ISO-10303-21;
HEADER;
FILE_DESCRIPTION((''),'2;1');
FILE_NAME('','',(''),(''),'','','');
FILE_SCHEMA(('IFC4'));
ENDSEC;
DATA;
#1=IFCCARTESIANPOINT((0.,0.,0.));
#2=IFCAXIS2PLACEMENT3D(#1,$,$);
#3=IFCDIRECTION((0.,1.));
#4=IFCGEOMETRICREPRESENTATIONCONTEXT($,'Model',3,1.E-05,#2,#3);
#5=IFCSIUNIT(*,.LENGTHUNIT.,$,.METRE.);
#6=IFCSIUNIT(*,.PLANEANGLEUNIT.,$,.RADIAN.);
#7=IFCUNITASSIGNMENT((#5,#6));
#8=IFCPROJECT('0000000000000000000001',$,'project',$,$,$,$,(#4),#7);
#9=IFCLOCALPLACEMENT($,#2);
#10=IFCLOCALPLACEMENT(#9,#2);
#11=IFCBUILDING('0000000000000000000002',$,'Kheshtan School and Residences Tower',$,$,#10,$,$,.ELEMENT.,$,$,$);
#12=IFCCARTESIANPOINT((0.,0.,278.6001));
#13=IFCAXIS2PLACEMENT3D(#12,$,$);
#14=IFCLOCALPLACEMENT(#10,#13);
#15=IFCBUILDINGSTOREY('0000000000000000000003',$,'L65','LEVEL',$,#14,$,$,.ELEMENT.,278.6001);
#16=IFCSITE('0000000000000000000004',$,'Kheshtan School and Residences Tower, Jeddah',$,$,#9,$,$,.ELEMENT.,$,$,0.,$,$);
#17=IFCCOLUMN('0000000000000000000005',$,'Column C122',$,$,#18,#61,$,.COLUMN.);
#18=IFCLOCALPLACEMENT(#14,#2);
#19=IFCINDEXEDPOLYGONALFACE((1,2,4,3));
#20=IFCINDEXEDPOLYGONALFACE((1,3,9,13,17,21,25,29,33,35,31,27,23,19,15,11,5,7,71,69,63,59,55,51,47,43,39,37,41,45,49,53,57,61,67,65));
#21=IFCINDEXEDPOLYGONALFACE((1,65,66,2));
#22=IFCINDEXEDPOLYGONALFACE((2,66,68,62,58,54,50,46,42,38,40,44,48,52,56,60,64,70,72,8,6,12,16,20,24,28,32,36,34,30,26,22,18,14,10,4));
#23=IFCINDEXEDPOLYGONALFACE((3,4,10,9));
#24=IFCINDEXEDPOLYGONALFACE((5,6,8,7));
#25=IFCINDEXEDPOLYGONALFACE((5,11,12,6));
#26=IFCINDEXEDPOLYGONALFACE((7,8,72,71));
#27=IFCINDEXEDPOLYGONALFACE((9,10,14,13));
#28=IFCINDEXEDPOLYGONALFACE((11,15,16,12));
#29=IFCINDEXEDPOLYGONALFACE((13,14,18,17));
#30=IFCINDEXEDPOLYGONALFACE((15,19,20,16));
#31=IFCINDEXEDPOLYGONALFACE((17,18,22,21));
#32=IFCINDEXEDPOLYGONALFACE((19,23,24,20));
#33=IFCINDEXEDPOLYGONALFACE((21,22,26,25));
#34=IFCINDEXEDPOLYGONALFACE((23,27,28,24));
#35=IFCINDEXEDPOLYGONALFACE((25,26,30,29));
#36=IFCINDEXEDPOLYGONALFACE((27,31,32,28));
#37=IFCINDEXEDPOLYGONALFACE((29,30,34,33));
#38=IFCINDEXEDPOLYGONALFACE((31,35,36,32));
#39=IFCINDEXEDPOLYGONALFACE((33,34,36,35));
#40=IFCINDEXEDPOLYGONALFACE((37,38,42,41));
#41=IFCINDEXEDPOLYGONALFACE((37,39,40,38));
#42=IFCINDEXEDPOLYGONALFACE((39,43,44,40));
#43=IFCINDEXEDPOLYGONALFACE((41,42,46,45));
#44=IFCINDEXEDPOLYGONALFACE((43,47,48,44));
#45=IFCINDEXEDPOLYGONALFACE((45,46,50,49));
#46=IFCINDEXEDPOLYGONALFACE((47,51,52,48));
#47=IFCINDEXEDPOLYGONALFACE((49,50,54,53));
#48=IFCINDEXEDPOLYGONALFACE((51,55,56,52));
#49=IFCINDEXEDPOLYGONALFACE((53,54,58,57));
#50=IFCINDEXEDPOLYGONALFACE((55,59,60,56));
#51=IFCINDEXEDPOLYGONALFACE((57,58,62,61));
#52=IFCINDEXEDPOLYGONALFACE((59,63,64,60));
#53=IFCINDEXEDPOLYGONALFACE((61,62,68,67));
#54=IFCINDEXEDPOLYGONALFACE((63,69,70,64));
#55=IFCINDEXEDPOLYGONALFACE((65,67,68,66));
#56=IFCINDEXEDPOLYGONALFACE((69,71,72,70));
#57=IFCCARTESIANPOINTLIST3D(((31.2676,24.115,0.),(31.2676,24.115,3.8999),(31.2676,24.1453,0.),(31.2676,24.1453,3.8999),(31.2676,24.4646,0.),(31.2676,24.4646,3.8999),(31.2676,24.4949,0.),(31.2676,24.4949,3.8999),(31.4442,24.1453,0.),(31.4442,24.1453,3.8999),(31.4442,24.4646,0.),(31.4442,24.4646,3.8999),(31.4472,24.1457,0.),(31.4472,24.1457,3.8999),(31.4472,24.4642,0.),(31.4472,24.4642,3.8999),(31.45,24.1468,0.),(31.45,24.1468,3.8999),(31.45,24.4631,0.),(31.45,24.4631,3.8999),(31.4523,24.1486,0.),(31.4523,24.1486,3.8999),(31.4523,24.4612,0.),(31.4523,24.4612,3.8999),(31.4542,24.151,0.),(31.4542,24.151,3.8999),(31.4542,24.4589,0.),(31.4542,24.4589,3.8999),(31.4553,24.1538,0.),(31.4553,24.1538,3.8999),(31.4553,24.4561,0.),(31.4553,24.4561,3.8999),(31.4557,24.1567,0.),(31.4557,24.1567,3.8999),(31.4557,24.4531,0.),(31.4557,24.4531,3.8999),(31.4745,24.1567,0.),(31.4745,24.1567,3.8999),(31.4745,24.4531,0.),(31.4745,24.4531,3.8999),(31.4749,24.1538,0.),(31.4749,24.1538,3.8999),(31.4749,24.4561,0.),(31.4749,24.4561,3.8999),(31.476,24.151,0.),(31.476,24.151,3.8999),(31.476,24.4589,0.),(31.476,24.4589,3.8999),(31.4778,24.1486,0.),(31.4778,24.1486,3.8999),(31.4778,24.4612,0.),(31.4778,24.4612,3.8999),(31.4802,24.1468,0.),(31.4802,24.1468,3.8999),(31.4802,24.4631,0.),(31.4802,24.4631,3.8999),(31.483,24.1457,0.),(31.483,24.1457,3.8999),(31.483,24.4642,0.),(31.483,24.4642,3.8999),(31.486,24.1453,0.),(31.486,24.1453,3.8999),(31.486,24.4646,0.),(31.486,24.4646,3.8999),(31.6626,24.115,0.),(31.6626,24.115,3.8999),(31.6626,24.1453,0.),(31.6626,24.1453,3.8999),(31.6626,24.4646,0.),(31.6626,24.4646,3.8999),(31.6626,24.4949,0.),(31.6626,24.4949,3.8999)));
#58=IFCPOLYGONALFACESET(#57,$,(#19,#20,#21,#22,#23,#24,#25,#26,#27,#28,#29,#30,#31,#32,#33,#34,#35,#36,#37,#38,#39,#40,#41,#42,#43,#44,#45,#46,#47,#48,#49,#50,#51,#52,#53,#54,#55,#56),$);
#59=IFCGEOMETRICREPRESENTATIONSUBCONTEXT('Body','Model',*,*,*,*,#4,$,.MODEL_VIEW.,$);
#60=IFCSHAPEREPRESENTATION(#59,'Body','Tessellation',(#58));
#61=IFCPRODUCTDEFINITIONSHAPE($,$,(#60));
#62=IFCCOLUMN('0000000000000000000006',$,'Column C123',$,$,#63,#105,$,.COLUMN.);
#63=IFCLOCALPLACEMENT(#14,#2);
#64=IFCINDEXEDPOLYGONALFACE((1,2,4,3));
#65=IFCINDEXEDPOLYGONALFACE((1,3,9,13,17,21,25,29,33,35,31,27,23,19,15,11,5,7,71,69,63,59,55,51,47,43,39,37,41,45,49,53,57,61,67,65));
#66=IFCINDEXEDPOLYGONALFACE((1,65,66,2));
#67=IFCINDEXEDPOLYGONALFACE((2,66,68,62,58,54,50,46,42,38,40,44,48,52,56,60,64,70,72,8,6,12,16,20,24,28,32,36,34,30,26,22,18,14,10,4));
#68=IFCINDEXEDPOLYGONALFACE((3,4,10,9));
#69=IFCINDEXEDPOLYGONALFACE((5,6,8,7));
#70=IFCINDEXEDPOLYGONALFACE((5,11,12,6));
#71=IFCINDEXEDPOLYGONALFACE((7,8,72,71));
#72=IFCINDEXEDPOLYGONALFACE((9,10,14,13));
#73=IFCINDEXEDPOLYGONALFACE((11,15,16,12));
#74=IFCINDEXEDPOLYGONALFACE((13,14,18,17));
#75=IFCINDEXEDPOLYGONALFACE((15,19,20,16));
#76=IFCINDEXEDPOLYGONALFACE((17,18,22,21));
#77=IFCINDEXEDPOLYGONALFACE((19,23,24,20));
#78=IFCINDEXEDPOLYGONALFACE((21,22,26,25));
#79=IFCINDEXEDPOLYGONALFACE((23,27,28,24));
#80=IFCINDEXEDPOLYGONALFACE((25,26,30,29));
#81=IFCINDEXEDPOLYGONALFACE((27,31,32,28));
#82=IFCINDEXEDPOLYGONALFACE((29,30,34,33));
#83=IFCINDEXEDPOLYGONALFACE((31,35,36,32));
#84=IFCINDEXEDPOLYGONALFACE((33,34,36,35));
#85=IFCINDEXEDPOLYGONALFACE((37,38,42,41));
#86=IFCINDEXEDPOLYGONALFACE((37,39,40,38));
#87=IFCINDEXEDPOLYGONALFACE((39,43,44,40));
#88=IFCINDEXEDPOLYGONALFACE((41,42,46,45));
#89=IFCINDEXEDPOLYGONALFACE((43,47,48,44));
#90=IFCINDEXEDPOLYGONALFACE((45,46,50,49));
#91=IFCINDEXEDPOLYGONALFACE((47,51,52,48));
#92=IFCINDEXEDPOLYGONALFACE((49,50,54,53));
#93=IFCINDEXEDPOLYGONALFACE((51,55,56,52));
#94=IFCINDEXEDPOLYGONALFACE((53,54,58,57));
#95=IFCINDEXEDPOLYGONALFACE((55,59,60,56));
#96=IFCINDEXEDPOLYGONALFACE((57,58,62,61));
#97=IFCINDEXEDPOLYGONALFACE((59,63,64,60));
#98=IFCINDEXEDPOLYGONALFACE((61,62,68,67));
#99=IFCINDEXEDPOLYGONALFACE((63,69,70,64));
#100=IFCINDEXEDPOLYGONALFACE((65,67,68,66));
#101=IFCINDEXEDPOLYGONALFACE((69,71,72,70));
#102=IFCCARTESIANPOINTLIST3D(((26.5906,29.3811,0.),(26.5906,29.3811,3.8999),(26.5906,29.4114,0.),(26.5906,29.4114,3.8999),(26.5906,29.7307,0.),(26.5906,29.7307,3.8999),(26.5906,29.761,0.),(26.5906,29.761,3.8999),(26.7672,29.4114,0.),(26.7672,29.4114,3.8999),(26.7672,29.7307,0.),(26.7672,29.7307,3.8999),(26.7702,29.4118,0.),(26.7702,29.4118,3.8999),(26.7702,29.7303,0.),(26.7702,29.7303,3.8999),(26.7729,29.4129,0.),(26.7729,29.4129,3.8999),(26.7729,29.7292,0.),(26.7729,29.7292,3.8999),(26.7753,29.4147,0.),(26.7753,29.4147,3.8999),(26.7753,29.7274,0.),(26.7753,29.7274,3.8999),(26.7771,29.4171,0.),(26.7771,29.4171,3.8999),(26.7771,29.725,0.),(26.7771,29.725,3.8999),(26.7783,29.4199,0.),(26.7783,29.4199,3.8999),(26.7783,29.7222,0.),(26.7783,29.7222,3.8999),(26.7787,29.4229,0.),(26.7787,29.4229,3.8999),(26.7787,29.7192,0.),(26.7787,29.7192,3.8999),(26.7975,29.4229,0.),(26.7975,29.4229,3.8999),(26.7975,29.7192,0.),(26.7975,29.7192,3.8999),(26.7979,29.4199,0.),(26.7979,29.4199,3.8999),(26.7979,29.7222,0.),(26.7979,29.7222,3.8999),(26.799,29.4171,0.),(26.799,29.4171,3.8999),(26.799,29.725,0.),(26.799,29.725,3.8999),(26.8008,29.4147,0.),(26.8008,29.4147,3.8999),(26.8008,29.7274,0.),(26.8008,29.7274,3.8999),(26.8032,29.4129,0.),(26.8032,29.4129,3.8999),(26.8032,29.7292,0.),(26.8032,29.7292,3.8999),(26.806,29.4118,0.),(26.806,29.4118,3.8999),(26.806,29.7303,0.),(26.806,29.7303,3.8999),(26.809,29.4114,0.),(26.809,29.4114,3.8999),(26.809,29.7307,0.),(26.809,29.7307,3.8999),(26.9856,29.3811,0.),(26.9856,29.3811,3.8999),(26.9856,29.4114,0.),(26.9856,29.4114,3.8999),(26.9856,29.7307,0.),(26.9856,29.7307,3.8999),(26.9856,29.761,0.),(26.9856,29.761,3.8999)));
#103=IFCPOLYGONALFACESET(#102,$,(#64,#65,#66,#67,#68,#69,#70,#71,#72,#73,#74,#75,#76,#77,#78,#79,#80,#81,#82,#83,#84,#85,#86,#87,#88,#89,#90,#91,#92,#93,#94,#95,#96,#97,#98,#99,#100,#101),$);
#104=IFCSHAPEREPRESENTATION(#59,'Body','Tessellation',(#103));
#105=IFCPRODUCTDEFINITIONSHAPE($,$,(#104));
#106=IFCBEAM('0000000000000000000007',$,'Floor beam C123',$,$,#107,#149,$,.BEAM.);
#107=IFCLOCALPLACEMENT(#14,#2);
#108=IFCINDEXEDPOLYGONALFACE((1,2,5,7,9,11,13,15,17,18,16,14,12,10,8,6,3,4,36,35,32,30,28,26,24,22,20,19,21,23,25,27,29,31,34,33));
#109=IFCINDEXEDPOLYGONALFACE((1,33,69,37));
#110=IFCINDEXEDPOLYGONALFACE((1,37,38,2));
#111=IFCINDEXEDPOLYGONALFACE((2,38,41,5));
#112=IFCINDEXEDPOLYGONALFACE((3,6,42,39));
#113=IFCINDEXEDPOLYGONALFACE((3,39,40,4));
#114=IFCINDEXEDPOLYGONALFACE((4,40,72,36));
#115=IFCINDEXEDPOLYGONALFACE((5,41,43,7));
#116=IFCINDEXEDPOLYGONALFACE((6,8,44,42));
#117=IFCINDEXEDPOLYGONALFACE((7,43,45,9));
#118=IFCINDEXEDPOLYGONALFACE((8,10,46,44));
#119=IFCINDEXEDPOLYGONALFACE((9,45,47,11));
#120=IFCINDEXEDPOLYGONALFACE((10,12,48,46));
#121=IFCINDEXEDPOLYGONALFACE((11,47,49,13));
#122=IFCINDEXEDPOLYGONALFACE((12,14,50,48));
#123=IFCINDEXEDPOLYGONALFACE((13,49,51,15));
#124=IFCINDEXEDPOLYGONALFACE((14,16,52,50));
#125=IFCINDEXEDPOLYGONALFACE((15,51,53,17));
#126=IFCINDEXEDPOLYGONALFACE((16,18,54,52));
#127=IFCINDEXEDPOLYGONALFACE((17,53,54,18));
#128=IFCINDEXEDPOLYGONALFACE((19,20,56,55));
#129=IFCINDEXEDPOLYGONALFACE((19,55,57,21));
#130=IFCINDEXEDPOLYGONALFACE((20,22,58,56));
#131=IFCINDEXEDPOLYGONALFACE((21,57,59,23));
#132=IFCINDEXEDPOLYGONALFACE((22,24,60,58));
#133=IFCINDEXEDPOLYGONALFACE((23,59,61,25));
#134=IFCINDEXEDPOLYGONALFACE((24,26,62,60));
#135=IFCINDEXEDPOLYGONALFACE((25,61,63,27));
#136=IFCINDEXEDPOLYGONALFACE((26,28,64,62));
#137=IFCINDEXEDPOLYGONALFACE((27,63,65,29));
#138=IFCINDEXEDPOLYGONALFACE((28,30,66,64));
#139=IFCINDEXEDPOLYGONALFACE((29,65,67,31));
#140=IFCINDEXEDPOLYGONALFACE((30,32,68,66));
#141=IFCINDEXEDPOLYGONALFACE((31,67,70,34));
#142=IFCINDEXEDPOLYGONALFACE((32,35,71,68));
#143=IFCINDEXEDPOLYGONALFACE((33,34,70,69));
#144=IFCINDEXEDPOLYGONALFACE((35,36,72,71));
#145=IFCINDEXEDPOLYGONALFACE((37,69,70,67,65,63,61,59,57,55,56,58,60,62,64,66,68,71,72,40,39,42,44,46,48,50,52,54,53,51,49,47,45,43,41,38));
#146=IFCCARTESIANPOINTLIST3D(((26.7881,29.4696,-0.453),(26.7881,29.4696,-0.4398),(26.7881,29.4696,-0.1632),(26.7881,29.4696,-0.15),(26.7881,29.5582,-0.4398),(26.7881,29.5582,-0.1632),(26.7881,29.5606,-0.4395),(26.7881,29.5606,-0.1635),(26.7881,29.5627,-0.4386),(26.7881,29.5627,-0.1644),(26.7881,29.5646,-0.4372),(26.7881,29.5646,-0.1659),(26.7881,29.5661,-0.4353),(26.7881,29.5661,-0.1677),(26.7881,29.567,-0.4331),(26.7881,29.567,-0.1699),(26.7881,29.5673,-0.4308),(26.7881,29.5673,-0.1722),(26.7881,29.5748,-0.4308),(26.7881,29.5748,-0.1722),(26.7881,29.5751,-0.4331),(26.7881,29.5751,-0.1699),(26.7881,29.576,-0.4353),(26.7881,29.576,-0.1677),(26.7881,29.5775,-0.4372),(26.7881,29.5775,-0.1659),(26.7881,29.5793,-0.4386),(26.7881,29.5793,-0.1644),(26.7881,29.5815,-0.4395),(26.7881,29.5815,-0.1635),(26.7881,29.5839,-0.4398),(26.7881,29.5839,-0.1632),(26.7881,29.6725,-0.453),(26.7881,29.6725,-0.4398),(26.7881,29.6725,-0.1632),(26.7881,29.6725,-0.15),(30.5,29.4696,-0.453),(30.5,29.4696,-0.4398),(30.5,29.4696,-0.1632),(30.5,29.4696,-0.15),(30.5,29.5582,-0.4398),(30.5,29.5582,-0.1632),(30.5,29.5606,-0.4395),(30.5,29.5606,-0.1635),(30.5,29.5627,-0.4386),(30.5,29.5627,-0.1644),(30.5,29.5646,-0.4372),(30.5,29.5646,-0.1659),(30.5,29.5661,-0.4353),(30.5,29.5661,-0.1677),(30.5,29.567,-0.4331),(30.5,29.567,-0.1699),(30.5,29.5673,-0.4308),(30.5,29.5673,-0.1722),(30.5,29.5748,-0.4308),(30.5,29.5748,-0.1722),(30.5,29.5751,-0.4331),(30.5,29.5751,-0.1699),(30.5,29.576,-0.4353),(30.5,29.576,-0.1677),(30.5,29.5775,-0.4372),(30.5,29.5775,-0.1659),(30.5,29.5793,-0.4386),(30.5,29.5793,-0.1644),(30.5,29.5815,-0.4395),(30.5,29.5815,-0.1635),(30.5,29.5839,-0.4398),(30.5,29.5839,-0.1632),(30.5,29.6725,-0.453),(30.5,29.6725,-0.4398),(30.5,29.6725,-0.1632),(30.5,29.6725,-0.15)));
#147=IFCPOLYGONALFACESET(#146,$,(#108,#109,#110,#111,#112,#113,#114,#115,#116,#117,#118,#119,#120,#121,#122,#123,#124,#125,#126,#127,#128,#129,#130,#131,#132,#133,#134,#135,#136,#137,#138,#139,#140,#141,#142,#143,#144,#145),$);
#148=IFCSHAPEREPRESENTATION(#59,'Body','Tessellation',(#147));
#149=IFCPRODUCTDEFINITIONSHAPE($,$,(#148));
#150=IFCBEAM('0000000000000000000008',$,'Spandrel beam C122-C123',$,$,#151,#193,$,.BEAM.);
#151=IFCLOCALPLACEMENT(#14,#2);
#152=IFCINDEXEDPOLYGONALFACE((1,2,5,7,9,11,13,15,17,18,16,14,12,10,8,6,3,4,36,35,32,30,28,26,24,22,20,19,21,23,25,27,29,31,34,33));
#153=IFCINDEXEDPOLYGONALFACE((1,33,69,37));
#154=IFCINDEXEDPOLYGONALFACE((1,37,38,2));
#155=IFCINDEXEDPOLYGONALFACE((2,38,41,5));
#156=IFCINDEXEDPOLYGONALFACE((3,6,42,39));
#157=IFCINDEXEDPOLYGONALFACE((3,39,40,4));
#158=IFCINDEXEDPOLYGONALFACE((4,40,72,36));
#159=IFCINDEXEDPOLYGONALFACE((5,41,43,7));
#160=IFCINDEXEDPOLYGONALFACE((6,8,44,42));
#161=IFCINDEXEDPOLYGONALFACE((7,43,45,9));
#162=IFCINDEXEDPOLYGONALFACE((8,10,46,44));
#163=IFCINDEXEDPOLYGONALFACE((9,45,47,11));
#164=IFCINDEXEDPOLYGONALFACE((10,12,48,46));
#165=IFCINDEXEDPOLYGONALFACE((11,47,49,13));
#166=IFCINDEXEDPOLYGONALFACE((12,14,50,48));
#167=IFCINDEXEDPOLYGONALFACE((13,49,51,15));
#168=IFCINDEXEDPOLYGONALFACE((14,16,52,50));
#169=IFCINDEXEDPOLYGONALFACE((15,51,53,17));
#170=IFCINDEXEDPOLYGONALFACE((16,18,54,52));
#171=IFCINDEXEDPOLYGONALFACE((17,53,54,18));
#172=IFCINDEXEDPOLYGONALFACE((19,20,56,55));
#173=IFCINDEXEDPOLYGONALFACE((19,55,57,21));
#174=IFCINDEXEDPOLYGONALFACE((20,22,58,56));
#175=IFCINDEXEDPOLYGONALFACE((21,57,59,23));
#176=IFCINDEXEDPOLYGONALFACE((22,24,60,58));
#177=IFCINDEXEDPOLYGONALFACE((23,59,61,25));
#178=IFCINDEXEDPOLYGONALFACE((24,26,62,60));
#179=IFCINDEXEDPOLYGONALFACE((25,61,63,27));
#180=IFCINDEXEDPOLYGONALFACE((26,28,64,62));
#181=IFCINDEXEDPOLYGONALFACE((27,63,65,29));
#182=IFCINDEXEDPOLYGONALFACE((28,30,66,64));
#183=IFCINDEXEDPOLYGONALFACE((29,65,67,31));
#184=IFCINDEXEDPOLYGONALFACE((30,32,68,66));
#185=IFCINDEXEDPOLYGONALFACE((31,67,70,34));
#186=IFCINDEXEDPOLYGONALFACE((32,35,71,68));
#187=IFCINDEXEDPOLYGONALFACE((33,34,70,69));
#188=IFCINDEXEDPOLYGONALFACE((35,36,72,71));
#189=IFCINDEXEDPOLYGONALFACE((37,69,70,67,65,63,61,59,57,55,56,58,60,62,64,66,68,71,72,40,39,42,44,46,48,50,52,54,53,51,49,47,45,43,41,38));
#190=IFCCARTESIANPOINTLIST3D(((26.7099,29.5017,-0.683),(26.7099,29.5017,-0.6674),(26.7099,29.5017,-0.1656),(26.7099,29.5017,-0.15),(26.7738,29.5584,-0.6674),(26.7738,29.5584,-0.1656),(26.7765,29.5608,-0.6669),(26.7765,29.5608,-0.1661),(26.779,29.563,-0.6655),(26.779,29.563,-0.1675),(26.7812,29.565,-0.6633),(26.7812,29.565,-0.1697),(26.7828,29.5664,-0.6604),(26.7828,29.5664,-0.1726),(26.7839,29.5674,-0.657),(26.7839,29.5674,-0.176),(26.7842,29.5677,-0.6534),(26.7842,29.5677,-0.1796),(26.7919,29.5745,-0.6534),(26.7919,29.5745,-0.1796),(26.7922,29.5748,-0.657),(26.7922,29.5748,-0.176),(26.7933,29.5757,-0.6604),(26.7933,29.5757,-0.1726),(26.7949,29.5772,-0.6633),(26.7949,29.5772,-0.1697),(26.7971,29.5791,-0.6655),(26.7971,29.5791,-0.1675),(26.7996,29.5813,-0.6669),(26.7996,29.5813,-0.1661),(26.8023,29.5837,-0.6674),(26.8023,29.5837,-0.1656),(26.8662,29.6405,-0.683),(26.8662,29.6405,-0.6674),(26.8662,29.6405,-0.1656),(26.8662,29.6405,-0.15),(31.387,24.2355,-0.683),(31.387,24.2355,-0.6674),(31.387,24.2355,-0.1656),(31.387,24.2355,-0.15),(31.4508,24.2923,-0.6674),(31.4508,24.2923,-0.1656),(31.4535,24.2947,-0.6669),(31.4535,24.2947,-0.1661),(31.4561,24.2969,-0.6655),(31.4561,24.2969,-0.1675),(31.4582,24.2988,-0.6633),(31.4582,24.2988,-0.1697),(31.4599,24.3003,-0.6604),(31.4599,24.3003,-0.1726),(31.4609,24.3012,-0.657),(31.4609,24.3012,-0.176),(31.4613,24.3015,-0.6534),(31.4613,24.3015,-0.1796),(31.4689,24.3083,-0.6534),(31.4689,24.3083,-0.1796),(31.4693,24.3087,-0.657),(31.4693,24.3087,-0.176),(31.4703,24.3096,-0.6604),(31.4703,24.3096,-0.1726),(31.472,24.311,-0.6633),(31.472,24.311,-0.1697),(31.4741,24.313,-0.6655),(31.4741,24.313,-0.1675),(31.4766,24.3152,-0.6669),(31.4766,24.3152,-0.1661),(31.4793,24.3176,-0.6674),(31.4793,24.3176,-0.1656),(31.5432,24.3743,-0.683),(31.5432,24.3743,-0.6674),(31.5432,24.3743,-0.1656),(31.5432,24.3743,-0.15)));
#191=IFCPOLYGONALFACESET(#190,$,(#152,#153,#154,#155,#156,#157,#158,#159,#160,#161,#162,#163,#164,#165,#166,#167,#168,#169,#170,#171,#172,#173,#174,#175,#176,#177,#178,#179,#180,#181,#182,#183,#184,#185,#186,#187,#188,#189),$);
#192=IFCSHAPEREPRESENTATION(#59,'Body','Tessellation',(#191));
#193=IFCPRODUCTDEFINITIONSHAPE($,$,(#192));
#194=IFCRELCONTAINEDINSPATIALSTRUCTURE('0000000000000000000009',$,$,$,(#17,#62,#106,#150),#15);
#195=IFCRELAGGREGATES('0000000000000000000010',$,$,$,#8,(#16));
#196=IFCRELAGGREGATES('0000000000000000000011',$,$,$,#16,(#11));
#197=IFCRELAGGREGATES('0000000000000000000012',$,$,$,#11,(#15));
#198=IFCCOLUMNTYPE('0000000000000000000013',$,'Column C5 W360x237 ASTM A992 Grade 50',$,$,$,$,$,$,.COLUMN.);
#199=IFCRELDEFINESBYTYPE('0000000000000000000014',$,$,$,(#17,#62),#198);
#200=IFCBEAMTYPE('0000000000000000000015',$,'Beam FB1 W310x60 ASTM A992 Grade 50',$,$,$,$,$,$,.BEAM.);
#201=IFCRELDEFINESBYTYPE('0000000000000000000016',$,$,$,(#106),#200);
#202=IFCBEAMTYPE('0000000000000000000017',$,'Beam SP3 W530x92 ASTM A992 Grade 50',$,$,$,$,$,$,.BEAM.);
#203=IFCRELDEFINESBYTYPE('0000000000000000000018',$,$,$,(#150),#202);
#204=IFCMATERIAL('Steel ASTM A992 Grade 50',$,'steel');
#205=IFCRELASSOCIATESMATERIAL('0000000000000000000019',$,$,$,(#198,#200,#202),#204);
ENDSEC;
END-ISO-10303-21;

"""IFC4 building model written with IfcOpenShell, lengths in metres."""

from ifc_helpers import new_model, si_unit, direction, frame, origin, origin_2d, place, context, subcontext, project, spatial, i_section, extrude, material, material_profile, profile_set, type_object, element, save


model = new_model("IFC4")

# Units and contexts
model_context = context("Model", 3, precision=1e-05, world=origin(), true_north=direction((0.0, 1.0)))
body_context = subcontext(model_context, "Body", "Model", "MODEL_VIEW")
ifc_project = project(units=[si_unit("LENGTHUNIT", "METRE"), si_unit("PLANEANGLEUNIT", "RADIAN")], contexts=[model_context])

# Site, building, storey
site_placement = place(None, origin())
site = spatial("IfcSite", under=ifc_project, at=site_placement, Name="Kheshtan School and Residences Tower, Jeddah", CompositionType="ELEMENT", RefElevation=0.0)
building_placement = place(site_placement, origin())
building = spatial("IfcBuilding", under=site, at=building_placement, Name="Kheshtan School and Residences Tower", CompositionType="ELEMENT")
storey_placement = place(building_placement, frame((0.0, 0.0, 278.6001)))
storey = spatial("IfcBuildingStorey", under=building, at=storey_placement, Name="L65", Description="LEVEL", CompositionType="ELEMENT", Elevation=278.6001)

# Columns
ifc_material_1 = material(Name="Steel ASTM A992 Grade 50", Category="steel")
ifc_material_profile_1 = material_profile(ifc_material_1, i_section(OverallWidth=0.395, OverallDepth=0.3799, WebThickness=0.0188, FlangeThickness=0.0303, FilletRadius=0.0115, at=origin_2d()), Name="W360x237")
ifc_profile_set_1 = profile_set([ifc_material_profile_1], Name="Steel ASTM A992 Grade 50")
column_type = type_object("IfcColumnType", Name="Column C5 W360x237 ASTM A992 Grade 50", PredefinedType="COLUMN", material=ifc_profile_set_1)
for number, where, z_axis, x_axis, name in (
    (1, (31.4651, 24.3049, 0.0), (0.0, 0.0, 1.0), (1.0, 0.0, 0.0), "Column C122"),
    (2, (26.7881, 29.571, 0.0), (0.0, 0.0, 1.0), (1.0, 0.0, 0.0), "Column C123"),
):
    element("IfcColumn", number, at=place(storey_placement, frame(where, z_axis=z_axis, x_axis=x_axis)), inside=storey, type_object=column_type, Name=name, PredefinedType="COLUMN", context=body_context, shape_type="SweptSolid", body=[
        extrude(i_section(OverallWidth=0.395, OverallDepth=0.3799, WebThickness=0.0188, FlangeThickness=0.0303, FilletRadius=0.0115, at=origin_2d()), origin(), (0.0, 0.0, 1.0), 3.8999),
    ])

# Beams
ifc_material_profile_2 = material_profile(ifc_material_1, i_section(OverallWidth=0.2029, OverallDepth=0.303, WebThickness=0.0076, FlangeThickness=0.0132, FilletRadius=0.009, at=origin_2d()), Name="W310x60")
ifc_profile_set_2 = profile_set([ifc_material_profile_2], Name="Steel ASTM A992 Grade 50")
beam_type_1 = type_object("IfcBeamType", Name="Beam FB1 W310x60 ASTM A992 Grade 50", PredefinedType="BEAM", material=ifc_profile_set_2)
beam_1_placement = place(storey_placement, frame((26.7881, 29.571, -0.3015), z_axis=(1.0, 0.0, 0.0), x_axis=(0.0, 1.0, 0.0)))
element("IfcBeam", 3, at=beam_1_placement, inside=storey, type_object=beam_type_1, Name="Floor beam C123", PredefinedType="BEAM", context=body_context, shape_type="SweptSolid", body=[
    extrude(i_section(OverallWidth=0.2029, OverallDepth=0.303, WebThickness=0.0076, FlangeThickness=0.0132, FilletRadius=0.009, at=origin_2d()), origin(), (0.0, 0.0, 1.0), 3.7119),
])
ifc_material_profile_3 = material_profile(ifc_material_1, i_section(OverallWidth=0.209, OverallDepth=0.533, WebThickness=0.0103, FlangeThickness=0.0156, FilletRadius=0.0139, at=origin_2d()), Name="W530x92")
ifc_profile_set_3 = profile_set([ifc_material_profile_3], Name="Steel ASTM A992 Grade 50")
beam_type_2 = type_object("IfcBeamType", Name="Beam SP3 W530x92 ASTM A992 Grade 50", PredefinedType="BEAM", material=ifc_profile_set_3)
beam_2_placement = place(storey_placement, frame((31.4651, 24.3049, -0.4165), z_axis=(-0.664048, 0.74769, 0.0), x_axis=(-0.74769, -0.664048, 0.0)))
element("IfcBeam", 4, at=beam_2_placement, inside=storey, type_object=beam_type_2, Name="Spandrel beam C122-C123", PredefinedType="BEAM", context=body_context, shape_type="SweptSolid", body=[
    extrude(i_section(OverallWidth=0.209, OverallDepth=0.533, WebThickness=0.0103, FlangeThickness=0.0156, FilletRadius=0.0139, at=origin_2d()), origin(), (0.0, 0.0, 1.0), 7.0432),
])

save(model, "model.ifc")
